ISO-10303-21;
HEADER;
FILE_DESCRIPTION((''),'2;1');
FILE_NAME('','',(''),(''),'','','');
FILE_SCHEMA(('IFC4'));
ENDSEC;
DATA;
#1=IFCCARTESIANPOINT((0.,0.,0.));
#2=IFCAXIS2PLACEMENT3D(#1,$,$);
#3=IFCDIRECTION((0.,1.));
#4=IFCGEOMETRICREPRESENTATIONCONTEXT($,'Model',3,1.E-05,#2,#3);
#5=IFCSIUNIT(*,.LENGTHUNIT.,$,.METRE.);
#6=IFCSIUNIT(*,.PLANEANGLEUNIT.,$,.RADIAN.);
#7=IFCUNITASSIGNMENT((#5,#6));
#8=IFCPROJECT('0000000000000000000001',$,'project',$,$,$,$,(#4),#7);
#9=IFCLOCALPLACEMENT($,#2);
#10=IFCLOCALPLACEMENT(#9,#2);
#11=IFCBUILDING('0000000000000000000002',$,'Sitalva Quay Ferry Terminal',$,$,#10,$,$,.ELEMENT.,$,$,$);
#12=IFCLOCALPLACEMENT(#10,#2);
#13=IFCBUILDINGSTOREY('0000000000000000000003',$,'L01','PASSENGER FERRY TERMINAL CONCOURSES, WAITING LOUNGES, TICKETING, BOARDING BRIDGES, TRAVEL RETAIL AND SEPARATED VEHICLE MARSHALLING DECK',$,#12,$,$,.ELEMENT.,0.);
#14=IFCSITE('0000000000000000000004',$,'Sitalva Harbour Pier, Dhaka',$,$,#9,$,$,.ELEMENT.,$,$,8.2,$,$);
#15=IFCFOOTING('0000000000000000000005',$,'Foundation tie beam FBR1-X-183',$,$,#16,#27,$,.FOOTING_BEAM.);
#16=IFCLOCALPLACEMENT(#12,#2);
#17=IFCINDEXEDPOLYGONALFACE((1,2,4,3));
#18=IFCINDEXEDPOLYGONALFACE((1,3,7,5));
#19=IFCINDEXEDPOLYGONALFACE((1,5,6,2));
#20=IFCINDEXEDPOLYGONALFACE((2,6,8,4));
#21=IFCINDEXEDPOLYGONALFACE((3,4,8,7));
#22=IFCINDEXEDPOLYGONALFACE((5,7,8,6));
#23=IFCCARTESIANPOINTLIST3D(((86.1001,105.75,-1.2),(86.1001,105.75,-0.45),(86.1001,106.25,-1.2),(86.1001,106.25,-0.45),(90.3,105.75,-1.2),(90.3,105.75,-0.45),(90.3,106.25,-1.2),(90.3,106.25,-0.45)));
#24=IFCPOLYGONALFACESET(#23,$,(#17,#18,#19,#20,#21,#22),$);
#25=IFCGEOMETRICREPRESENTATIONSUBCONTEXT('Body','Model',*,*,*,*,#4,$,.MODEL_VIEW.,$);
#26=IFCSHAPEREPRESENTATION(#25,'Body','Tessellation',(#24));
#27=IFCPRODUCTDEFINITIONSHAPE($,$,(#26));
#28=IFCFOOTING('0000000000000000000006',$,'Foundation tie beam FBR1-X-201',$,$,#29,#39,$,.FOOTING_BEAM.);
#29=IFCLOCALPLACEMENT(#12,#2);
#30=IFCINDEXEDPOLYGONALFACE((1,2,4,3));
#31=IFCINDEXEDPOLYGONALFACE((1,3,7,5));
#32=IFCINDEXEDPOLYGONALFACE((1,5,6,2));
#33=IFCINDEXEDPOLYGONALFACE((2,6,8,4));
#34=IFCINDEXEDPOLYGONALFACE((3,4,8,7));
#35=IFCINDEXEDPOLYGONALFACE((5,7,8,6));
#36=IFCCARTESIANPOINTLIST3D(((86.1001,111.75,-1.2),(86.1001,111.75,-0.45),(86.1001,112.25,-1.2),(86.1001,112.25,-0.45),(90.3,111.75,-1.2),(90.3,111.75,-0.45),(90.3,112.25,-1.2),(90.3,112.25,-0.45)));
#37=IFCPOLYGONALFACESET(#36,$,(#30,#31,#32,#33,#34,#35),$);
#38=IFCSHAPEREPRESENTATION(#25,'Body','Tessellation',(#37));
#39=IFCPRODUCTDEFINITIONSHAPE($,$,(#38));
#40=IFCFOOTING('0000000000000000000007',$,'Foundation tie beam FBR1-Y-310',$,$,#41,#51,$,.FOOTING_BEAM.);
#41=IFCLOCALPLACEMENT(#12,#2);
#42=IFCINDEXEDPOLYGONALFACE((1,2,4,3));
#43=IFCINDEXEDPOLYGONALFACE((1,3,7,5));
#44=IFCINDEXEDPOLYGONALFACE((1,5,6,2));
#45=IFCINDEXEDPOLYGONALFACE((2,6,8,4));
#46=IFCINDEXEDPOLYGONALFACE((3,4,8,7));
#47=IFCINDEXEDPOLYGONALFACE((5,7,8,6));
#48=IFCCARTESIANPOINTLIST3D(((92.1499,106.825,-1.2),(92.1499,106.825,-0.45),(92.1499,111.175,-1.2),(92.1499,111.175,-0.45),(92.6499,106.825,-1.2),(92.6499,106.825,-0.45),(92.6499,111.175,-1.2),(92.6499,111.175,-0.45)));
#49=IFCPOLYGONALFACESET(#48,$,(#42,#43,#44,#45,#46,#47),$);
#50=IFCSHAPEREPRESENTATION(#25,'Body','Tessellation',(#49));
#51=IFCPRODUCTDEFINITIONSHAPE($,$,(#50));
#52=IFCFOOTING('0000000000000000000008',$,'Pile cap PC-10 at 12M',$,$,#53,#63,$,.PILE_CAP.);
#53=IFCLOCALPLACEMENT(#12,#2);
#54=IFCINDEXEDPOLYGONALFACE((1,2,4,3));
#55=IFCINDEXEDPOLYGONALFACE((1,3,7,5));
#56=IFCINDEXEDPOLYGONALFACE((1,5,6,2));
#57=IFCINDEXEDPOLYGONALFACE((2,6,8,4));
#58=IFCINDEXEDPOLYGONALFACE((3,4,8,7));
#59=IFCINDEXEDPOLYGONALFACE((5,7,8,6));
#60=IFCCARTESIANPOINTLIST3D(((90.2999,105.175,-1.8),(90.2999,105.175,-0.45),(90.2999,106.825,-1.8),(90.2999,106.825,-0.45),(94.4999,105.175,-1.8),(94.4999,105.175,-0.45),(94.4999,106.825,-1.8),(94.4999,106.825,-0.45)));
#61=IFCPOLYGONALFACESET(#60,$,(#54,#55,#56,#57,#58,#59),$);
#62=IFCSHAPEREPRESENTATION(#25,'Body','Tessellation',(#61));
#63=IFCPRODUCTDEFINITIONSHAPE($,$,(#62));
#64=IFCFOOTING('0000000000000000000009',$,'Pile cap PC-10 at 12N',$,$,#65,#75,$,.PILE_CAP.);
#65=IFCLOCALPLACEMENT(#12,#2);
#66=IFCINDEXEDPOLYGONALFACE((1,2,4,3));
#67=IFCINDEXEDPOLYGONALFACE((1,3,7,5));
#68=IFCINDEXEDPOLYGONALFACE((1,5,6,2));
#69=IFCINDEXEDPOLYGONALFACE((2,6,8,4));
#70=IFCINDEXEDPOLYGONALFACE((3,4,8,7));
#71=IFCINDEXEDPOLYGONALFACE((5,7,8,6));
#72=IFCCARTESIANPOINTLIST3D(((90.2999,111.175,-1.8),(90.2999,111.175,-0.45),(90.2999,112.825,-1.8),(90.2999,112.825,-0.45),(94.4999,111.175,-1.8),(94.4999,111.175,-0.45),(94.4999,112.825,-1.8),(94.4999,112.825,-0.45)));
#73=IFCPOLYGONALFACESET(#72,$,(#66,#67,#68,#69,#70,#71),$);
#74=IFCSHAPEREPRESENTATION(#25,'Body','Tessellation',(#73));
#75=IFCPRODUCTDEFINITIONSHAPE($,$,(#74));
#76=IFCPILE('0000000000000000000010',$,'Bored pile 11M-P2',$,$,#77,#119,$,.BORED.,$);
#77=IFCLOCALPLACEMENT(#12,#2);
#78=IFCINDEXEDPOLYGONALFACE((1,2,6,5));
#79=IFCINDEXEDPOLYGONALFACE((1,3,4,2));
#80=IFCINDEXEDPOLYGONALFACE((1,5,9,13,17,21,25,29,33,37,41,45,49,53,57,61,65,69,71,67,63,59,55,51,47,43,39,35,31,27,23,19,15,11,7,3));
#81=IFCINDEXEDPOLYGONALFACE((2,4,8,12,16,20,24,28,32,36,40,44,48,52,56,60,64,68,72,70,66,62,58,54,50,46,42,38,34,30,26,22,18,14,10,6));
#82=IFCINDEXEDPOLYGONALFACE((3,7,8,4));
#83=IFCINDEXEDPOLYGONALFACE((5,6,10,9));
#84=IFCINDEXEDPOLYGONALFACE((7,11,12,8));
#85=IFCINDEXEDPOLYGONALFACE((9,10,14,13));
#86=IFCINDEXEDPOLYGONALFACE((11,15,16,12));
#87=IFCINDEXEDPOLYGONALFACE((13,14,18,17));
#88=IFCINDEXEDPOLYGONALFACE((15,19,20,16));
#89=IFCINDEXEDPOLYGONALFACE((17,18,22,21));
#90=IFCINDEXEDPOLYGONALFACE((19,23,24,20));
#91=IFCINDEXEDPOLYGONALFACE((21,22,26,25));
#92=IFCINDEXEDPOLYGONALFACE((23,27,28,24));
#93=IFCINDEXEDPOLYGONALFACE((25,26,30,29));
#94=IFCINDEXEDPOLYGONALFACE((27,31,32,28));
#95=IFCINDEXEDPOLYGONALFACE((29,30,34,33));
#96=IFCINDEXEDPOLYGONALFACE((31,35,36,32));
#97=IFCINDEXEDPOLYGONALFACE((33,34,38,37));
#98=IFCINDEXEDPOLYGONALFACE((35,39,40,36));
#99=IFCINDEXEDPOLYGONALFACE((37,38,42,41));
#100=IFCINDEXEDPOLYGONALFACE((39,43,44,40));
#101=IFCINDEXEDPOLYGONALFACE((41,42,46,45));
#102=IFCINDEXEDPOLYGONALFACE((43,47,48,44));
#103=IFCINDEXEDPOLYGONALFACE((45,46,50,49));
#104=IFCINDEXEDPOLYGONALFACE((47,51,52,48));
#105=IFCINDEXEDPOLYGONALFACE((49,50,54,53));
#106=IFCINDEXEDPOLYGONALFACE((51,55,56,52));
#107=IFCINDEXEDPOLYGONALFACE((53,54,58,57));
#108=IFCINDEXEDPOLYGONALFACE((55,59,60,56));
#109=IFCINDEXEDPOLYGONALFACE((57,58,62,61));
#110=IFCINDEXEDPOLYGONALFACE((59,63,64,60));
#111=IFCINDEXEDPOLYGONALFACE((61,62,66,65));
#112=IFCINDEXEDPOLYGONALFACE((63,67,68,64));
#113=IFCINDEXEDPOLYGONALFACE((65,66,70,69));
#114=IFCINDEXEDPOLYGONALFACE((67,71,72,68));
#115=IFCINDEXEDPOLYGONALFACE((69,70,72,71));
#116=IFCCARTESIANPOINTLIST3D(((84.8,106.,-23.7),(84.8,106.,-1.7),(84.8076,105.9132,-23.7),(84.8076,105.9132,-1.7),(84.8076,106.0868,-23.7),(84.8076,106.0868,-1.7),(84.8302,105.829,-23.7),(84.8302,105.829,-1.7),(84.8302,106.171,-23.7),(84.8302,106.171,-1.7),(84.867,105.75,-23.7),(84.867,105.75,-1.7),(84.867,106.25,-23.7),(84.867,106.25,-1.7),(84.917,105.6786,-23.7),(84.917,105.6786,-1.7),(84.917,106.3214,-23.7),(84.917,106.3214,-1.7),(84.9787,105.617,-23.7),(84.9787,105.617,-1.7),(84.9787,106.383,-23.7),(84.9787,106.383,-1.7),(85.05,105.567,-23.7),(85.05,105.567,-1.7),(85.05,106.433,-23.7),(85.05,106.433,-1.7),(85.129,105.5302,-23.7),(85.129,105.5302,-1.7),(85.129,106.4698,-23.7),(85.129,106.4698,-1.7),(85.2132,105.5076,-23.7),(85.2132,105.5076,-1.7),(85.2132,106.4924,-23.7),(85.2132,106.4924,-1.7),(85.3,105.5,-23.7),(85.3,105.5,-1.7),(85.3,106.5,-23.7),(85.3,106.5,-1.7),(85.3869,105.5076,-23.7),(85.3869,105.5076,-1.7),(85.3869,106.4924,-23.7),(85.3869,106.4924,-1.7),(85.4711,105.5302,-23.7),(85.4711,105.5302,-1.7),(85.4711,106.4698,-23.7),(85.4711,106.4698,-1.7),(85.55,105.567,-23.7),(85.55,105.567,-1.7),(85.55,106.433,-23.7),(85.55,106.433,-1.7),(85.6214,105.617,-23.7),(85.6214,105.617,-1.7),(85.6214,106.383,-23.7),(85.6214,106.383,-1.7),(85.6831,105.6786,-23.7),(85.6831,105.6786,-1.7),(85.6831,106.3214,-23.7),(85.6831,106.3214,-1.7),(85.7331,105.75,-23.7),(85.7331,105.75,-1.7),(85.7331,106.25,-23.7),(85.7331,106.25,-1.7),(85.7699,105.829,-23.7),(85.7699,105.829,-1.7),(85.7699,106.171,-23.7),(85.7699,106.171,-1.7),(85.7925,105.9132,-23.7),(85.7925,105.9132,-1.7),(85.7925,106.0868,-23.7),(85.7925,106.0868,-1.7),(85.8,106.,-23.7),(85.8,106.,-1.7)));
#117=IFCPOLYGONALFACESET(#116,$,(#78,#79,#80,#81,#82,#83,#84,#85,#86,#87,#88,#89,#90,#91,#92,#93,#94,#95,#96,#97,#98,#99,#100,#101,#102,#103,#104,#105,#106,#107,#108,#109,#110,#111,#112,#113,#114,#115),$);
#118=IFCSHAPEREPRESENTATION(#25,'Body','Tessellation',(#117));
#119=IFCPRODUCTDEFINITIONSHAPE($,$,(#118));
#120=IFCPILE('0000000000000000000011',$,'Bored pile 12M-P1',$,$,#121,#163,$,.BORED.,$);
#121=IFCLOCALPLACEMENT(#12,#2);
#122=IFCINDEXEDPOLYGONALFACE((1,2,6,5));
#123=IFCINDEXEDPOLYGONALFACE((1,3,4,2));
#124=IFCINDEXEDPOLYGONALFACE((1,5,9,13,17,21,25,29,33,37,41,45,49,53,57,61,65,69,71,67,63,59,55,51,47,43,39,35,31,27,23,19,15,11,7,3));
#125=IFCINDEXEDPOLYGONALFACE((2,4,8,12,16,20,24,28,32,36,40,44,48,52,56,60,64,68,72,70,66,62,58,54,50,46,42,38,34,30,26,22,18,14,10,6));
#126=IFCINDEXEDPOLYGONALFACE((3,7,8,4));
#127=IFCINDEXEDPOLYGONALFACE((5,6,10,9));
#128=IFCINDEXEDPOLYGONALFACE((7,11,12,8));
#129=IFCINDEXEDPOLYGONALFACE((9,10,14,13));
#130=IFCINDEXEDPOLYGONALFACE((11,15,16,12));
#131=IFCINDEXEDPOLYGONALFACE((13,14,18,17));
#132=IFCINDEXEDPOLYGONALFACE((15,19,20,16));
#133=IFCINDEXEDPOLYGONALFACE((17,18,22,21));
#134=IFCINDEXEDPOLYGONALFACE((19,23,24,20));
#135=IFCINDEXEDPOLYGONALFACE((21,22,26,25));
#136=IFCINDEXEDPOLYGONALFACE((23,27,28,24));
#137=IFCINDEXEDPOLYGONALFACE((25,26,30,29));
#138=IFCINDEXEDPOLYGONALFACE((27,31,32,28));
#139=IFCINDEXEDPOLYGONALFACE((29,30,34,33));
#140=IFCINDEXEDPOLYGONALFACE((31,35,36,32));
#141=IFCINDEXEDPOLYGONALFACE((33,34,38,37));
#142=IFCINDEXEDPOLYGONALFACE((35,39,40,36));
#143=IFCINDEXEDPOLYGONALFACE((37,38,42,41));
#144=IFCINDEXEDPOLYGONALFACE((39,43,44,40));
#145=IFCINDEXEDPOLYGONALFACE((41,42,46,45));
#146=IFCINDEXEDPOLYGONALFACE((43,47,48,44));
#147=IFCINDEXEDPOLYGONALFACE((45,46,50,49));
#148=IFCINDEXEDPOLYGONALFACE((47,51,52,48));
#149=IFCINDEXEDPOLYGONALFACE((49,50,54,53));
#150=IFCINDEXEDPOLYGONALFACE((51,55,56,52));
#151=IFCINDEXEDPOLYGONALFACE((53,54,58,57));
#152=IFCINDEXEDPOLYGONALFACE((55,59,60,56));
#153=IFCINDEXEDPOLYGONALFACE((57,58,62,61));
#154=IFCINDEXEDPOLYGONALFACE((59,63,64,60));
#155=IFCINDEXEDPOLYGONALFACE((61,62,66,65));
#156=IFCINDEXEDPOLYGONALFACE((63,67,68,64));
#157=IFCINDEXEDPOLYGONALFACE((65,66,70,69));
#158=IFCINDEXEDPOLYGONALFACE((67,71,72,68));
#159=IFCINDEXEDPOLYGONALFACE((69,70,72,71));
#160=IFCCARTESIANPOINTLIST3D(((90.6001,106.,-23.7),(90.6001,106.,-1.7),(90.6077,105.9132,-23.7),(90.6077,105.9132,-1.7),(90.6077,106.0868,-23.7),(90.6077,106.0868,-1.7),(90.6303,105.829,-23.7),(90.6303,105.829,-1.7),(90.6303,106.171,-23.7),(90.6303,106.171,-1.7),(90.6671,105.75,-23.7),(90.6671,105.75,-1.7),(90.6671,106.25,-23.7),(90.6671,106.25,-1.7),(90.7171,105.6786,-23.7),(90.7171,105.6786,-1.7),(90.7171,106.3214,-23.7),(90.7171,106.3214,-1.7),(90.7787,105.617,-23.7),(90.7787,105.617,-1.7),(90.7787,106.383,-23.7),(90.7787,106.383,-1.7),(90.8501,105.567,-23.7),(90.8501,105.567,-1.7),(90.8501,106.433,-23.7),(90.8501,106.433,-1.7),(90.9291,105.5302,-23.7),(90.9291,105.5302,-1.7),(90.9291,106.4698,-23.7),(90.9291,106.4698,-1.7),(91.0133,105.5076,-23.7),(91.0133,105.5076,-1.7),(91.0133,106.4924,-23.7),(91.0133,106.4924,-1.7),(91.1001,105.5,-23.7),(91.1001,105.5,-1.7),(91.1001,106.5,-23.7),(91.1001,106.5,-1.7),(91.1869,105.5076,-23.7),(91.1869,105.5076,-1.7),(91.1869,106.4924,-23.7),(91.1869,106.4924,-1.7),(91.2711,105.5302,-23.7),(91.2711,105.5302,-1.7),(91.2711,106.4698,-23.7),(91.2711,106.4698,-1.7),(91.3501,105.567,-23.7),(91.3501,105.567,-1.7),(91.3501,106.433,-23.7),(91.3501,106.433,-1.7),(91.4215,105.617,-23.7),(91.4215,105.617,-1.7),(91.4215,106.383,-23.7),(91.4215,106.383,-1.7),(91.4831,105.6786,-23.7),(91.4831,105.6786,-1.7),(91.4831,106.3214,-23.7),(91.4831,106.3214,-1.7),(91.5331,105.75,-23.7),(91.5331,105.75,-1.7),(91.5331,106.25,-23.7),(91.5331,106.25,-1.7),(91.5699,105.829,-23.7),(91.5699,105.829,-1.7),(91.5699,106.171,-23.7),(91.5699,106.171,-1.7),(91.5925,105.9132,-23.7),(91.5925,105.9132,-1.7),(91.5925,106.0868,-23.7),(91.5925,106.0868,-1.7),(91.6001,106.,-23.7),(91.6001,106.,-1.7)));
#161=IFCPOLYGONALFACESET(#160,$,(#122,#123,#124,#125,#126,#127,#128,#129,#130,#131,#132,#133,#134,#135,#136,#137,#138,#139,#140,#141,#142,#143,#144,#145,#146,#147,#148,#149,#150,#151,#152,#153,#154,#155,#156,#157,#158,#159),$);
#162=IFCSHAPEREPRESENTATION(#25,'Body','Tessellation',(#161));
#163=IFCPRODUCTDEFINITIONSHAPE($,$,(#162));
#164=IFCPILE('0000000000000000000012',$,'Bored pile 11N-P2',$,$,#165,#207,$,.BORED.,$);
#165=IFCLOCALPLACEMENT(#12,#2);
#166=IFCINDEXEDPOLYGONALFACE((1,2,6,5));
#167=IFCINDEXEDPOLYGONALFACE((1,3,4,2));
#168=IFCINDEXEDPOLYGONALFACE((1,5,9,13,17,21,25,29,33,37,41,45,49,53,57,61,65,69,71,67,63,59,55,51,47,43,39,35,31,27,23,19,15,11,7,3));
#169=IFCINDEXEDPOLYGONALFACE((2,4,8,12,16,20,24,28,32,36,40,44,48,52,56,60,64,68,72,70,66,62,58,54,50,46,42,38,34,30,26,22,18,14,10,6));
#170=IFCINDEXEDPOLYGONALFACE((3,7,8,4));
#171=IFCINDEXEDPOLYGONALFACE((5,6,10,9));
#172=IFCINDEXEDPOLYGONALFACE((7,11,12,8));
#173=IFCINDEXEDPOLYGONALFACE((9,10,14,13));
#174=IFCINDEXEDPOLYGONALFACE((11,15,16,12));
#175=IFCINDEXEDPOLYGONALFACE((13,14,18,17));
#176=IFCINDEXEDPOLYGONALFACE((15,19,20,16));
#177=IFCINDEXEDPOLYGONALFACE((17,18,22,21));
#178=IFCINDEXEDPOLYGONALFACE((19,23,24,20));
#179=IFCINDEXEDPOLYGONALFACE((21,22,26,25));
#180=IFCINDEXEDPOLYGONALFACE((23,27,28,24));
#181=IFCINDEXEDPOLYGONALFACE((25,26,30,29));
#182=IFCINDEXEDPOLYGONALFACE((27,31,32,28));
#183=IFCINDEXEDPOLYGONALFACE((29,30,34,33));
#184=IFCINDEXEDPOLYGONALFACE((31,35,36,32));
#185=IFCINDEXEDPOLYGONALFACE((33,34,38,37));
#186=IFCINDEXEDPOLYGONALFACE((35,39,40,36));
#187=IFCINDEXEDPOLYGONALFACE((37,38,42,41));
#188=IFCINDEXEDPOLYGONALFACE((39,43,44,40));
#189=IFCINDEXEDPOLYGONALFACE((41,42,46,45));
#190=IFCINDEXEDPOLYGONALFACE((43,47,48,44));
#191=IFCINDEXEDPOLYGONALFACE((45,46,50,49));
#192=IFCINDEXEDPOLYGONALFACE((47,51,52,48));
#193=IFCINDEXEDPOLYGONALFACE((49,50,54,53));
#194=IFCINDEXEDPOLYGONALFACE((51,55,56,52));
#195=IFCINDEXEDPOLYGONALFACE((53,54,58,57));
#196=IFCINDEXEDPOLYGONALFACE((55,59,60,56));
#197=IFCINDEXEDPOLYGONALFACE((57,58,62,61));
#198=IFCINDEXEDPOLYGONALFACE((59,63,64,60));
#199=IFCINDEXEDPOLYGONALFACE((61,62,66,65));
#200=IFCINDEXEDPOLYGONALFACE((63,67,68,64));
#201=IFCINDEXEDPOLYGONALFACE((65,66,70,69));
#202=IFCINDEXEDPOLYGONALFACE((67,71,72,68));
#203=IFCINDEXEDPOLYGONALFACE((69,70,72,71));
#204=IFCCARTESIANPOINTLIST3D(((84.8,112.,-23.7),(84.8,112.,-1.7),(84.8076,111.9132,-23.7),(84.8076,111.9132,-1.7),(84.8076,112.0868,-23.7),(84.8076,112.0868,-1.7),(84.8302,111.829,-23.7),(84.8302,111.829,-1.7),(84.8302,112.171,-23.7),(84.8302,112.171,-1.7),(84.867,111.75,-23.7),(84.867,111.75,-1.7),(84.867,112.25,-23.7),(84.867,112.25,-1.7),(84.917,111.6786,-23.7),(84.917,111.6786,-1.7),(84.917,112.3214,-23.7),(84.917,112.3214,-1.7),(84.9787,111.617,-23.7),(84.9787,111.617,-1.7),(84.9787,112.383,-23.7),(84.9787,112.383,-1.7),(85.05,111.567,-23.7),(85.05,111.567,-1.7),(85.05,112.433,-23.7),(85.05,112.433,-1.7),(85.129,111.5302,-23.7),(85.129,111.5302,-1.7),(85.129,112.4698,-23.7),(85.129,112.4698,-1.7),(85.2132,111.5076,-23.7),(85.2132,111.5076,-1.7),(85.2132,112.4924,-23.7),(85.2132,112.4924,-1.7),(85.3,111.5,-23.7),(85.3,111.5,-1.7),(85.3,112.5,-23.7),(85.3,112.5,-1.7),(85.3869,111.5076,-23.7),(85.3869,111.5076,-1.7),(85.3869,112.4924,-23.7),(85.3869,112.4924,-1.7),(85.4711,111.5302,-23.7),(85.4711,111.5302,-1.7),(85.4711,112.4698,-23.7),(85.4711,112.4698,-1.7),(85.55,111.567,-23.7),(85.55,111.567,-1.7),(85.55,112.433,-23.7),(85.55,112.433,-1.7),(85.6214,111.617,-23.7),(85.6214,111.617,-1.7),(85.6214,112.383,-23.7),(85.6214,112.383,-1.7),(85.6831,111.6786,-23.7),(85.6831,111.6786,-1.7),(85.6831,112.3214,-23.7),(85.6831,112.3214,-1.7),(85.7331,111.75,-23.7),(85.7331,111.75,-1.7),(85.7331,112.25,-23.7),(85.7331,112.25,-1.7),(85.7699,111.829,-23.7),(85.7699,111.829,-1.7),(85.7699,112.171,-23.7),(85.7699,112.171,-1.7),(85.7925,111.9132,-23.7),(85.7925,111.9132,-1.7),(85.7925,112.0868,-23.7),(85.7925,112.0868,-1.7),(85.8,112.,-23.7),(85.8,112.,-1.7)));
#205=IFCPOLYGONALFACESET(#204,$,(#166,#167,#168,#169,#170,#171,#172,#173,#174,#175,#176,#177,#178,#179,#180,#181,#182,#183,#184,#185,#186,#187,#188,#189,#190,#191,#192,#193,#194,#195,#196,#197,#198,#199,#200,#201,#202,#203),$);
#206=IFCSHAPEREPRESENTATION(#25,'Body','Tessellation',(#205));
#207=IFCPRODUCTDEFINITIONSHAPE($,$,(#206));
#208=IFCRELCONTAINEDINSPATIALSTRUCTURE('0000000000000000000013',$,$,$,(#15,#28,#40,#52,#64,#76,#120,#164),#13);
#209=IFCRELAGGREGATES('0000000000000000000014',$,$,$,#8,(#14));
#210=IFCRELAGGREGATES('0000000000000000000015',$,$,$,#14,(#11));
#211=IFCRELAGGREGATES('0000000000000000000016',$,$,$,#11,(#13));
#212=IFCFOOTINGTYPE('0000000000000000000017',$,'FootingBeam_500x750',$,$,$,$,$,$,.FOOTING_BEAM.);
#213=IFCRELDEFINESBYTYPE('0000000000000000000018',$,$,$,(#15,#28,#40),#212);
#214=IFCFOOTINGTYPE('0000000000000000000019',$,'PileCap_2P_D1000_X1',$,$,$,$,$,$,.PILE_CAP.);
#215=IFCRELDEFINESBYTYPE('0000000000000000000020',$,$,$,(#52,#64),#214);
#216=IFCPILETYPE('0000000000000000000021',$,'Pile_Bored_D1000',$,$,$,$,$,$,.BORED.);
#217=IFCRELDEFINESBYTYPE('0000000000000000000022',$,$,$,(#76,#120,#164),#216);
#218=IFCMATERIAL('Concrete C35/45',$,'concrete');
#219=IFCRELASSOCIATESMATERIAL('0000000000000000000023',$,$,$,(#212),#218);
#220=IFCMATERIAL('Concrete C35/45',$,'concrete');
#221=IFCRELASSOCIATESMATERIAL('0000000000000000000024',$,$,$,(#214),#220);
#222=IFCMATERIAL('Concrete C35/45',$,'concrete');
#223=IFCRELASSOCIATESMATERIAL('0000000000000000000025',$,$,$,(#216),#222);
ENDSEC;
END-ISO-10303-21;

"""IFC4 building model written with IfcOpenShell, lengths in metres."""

from ifc_helpers import new_model, si_unit, direction, frame, origin, origin_2d, place, context, subcontext, project, spatial, rectangle, circle, extrude, material, material_profile, profile_set, type_object, element, save


model = new_model("IFC4")

# Units and contexts
model_context = context("Model", 3, precision=1e-05, world=origin(), true_north=direction((0.0, 1.0)))
body_context = subcontext(model_context, "Body", "Model", "MODEL_VIEW")
ifc_project = project(units=[si_unit("LENGTHUNIT", "METRE"), si_unit("PLANEANGLEUNIT", "RADIAN")], contexts=[model_context])

# Site, building, storey
site_placement = place(None, origin())
site = spatial("IfcSite", under=ifc_project, at=site_placement, Name="Sitalva Harbour Pier, Dhaka", CompositionType="ELEMENT", RefElevation=8.2)
building_placement = place(site_placement, origin())
building = spatial("IfcBuilding", under=site, at=building_placement, Name="Sitalva Quay Ferry Terminal", CompositionType="ELEMENT")
storey_placement = place(building_placement, origin())
storey = spatial("IfcBuildingStorey", under=building, at=storey_placement, Name="L01", Description="PASSENGER FERRY TERMINAL CONCOURSES, WAITING LOUNGES, TICKETING, BOARDING BRIDGES, TRAVEL RETAIL AND SEPARATED VEHICLE MARSHALLING DECK", CompositionType="ELEMENT", Elevation=0.0)

# Footings
ifc_material_1 = material(Name="Concrete C35/45", Category="concrete")
ifc_material_profile_1 = material_profile(ifc_material_1, rectangle(XDim=0.5, YDim=0.75, at=origin_2d()), Name="RC500x750")
ifc_profile_set_1 = profile_set([ifc_material_profile_1], Name="Concrete C35/45")
footing_type_1 = type_object("IfcFootingType", Name="FootingBeam_500x750", PredefinedType="FOOTING_BEAM", material=ifc_profile_set_1)
for number, where, z_axis, x_axis, name in (
    (1, (86.1001, 106.0, -0.825), (1.0, 0.0, 0.0), (0.0, 1.0, 0.0), "Foundation tie beam FBR1-X-183"),
    (2, (86.1001, 112.0, -0.825), (1.0, 0.0, 0.0), (0.0, 1.0, 0.0), "Foundation tie beam FBR1-X-201"),
):
    element("IfcFooting", number, at=place(storey_placement, frame(where, z_axis=z_axis, x_axis=x_axis)), inside=storey, type_object=footing_type_1, Name=name, PredefinedType="FOOTING_BEAM", context=body_context, shape_type="SweptSolid", body=[
        extrude(rectangle(XDim=0.5, YDim=0.75, at=origin_2d()), origin(), (0.0, 0.0, 1.0), 4.2),
    ])
footing_placement = place(storey_placement, frame((92.3999, 106.825, -0.825), z_axis=(0.0, 1.0, 0.0), x_axis=(-1.0, 0.0, 0.0)))
element("IfcFooting", 3, at=footing_placement, inside=storey, type_object=footing_type_1, Name="Foundation tie beam FBR1-Y-310", PredefinedType="FOOTING_BEAM", context=body_context, shape_type="SweptSolid", body=[
    extrude(rectangle(XDim=0.5, YDim=0.75, at=origin_2d()), origin(), (0.0, 0.0, 1.0), 4.3501),
])
ifc_material_2 = material(Name="Concrete C35/45", Category="concrete")
footing_type_2 = type_object("IfcFootingType", Name="PileCap_2P_D1000_X1", PredefinedType="PILE_CAP", material=ifc_material_2)
for number, where, z_axis, x_axis, name in (
    (4, (92.3999, 106.0, -1.8), (0.0, 0.0, 1.0), (1.0, 0.0, 0.0), "Pile cap PC-10 at 12M"),
    (5, (92.3999, 112.0, -1.8), (0.0, 0.0, 1.0), (1.0, 0.0, 0.0), "Pile cap PC-10 at 12N"),
):
    element("IfcFooting", number, at=place(storey_placement, frame(where, z_axis=z_axis, x_axis=x_axis)), inside=storey, type_object=footing_type_2, Name=name, PredefinedType="PILE_CAP", context=body_context, shape_type="SweptSolid", body=[
        extrude(rectangle(XDim=4.2, YDim=1.6499, at=origin_2d()), origin(), (0.0, 0.0, 1.0), 1.3501),
    ])

# Piles
ifc_material_3 = material(Name="Concrete C35/45", Category="concrete")
ifc_material_profile_2 = material_profile(ifc_material_3, circle(Radius=0.5, at=origin_2d()), Name="PILE-D1000")
ifc_profile_set_2 = profile_set([ifc_material_profile_2], Name="Concrete C35/45")
pile_type = type_object("IfcPileType", Name="Pile_Bored_D1000", PredefinedType="BORED", material=ifc_profile_set_2)
for number, where, z_axis, x_axis, name in (
    (6, (85.3, 106.0, -1.7), (0.0, 0.0, -1.0), (1.0, 0.0, 0.0), "Bored pile 11M-P2"),
    (7, (91.1001, 106.0, -1.7), (0.0, 0.0, -1.0), (1.0, 0.0, 0.0), "Bored pile 12M-P1"),
    (8, (85.3, 112.0, -1.7), (0.0, 0.0, -1.0), (1.0, 0.0, 0.0), "Bored pile 11N-P2"),
):
    element("IfcPile", number, at=place(storey_placement, frame(where, z_axis=z_axis, x_axis=x_axis)), inside=storey, type_object=pile_type, Name=name, PredefinedType="BORED", context=body_context, shape_type="SweptSolid", body=[
        extrude(circle(Radius=0.5, at=origin_2d()), origin(), (0.0, 0.0, 1.0), 22.0),
    ])

save(model, "model.ifc")
